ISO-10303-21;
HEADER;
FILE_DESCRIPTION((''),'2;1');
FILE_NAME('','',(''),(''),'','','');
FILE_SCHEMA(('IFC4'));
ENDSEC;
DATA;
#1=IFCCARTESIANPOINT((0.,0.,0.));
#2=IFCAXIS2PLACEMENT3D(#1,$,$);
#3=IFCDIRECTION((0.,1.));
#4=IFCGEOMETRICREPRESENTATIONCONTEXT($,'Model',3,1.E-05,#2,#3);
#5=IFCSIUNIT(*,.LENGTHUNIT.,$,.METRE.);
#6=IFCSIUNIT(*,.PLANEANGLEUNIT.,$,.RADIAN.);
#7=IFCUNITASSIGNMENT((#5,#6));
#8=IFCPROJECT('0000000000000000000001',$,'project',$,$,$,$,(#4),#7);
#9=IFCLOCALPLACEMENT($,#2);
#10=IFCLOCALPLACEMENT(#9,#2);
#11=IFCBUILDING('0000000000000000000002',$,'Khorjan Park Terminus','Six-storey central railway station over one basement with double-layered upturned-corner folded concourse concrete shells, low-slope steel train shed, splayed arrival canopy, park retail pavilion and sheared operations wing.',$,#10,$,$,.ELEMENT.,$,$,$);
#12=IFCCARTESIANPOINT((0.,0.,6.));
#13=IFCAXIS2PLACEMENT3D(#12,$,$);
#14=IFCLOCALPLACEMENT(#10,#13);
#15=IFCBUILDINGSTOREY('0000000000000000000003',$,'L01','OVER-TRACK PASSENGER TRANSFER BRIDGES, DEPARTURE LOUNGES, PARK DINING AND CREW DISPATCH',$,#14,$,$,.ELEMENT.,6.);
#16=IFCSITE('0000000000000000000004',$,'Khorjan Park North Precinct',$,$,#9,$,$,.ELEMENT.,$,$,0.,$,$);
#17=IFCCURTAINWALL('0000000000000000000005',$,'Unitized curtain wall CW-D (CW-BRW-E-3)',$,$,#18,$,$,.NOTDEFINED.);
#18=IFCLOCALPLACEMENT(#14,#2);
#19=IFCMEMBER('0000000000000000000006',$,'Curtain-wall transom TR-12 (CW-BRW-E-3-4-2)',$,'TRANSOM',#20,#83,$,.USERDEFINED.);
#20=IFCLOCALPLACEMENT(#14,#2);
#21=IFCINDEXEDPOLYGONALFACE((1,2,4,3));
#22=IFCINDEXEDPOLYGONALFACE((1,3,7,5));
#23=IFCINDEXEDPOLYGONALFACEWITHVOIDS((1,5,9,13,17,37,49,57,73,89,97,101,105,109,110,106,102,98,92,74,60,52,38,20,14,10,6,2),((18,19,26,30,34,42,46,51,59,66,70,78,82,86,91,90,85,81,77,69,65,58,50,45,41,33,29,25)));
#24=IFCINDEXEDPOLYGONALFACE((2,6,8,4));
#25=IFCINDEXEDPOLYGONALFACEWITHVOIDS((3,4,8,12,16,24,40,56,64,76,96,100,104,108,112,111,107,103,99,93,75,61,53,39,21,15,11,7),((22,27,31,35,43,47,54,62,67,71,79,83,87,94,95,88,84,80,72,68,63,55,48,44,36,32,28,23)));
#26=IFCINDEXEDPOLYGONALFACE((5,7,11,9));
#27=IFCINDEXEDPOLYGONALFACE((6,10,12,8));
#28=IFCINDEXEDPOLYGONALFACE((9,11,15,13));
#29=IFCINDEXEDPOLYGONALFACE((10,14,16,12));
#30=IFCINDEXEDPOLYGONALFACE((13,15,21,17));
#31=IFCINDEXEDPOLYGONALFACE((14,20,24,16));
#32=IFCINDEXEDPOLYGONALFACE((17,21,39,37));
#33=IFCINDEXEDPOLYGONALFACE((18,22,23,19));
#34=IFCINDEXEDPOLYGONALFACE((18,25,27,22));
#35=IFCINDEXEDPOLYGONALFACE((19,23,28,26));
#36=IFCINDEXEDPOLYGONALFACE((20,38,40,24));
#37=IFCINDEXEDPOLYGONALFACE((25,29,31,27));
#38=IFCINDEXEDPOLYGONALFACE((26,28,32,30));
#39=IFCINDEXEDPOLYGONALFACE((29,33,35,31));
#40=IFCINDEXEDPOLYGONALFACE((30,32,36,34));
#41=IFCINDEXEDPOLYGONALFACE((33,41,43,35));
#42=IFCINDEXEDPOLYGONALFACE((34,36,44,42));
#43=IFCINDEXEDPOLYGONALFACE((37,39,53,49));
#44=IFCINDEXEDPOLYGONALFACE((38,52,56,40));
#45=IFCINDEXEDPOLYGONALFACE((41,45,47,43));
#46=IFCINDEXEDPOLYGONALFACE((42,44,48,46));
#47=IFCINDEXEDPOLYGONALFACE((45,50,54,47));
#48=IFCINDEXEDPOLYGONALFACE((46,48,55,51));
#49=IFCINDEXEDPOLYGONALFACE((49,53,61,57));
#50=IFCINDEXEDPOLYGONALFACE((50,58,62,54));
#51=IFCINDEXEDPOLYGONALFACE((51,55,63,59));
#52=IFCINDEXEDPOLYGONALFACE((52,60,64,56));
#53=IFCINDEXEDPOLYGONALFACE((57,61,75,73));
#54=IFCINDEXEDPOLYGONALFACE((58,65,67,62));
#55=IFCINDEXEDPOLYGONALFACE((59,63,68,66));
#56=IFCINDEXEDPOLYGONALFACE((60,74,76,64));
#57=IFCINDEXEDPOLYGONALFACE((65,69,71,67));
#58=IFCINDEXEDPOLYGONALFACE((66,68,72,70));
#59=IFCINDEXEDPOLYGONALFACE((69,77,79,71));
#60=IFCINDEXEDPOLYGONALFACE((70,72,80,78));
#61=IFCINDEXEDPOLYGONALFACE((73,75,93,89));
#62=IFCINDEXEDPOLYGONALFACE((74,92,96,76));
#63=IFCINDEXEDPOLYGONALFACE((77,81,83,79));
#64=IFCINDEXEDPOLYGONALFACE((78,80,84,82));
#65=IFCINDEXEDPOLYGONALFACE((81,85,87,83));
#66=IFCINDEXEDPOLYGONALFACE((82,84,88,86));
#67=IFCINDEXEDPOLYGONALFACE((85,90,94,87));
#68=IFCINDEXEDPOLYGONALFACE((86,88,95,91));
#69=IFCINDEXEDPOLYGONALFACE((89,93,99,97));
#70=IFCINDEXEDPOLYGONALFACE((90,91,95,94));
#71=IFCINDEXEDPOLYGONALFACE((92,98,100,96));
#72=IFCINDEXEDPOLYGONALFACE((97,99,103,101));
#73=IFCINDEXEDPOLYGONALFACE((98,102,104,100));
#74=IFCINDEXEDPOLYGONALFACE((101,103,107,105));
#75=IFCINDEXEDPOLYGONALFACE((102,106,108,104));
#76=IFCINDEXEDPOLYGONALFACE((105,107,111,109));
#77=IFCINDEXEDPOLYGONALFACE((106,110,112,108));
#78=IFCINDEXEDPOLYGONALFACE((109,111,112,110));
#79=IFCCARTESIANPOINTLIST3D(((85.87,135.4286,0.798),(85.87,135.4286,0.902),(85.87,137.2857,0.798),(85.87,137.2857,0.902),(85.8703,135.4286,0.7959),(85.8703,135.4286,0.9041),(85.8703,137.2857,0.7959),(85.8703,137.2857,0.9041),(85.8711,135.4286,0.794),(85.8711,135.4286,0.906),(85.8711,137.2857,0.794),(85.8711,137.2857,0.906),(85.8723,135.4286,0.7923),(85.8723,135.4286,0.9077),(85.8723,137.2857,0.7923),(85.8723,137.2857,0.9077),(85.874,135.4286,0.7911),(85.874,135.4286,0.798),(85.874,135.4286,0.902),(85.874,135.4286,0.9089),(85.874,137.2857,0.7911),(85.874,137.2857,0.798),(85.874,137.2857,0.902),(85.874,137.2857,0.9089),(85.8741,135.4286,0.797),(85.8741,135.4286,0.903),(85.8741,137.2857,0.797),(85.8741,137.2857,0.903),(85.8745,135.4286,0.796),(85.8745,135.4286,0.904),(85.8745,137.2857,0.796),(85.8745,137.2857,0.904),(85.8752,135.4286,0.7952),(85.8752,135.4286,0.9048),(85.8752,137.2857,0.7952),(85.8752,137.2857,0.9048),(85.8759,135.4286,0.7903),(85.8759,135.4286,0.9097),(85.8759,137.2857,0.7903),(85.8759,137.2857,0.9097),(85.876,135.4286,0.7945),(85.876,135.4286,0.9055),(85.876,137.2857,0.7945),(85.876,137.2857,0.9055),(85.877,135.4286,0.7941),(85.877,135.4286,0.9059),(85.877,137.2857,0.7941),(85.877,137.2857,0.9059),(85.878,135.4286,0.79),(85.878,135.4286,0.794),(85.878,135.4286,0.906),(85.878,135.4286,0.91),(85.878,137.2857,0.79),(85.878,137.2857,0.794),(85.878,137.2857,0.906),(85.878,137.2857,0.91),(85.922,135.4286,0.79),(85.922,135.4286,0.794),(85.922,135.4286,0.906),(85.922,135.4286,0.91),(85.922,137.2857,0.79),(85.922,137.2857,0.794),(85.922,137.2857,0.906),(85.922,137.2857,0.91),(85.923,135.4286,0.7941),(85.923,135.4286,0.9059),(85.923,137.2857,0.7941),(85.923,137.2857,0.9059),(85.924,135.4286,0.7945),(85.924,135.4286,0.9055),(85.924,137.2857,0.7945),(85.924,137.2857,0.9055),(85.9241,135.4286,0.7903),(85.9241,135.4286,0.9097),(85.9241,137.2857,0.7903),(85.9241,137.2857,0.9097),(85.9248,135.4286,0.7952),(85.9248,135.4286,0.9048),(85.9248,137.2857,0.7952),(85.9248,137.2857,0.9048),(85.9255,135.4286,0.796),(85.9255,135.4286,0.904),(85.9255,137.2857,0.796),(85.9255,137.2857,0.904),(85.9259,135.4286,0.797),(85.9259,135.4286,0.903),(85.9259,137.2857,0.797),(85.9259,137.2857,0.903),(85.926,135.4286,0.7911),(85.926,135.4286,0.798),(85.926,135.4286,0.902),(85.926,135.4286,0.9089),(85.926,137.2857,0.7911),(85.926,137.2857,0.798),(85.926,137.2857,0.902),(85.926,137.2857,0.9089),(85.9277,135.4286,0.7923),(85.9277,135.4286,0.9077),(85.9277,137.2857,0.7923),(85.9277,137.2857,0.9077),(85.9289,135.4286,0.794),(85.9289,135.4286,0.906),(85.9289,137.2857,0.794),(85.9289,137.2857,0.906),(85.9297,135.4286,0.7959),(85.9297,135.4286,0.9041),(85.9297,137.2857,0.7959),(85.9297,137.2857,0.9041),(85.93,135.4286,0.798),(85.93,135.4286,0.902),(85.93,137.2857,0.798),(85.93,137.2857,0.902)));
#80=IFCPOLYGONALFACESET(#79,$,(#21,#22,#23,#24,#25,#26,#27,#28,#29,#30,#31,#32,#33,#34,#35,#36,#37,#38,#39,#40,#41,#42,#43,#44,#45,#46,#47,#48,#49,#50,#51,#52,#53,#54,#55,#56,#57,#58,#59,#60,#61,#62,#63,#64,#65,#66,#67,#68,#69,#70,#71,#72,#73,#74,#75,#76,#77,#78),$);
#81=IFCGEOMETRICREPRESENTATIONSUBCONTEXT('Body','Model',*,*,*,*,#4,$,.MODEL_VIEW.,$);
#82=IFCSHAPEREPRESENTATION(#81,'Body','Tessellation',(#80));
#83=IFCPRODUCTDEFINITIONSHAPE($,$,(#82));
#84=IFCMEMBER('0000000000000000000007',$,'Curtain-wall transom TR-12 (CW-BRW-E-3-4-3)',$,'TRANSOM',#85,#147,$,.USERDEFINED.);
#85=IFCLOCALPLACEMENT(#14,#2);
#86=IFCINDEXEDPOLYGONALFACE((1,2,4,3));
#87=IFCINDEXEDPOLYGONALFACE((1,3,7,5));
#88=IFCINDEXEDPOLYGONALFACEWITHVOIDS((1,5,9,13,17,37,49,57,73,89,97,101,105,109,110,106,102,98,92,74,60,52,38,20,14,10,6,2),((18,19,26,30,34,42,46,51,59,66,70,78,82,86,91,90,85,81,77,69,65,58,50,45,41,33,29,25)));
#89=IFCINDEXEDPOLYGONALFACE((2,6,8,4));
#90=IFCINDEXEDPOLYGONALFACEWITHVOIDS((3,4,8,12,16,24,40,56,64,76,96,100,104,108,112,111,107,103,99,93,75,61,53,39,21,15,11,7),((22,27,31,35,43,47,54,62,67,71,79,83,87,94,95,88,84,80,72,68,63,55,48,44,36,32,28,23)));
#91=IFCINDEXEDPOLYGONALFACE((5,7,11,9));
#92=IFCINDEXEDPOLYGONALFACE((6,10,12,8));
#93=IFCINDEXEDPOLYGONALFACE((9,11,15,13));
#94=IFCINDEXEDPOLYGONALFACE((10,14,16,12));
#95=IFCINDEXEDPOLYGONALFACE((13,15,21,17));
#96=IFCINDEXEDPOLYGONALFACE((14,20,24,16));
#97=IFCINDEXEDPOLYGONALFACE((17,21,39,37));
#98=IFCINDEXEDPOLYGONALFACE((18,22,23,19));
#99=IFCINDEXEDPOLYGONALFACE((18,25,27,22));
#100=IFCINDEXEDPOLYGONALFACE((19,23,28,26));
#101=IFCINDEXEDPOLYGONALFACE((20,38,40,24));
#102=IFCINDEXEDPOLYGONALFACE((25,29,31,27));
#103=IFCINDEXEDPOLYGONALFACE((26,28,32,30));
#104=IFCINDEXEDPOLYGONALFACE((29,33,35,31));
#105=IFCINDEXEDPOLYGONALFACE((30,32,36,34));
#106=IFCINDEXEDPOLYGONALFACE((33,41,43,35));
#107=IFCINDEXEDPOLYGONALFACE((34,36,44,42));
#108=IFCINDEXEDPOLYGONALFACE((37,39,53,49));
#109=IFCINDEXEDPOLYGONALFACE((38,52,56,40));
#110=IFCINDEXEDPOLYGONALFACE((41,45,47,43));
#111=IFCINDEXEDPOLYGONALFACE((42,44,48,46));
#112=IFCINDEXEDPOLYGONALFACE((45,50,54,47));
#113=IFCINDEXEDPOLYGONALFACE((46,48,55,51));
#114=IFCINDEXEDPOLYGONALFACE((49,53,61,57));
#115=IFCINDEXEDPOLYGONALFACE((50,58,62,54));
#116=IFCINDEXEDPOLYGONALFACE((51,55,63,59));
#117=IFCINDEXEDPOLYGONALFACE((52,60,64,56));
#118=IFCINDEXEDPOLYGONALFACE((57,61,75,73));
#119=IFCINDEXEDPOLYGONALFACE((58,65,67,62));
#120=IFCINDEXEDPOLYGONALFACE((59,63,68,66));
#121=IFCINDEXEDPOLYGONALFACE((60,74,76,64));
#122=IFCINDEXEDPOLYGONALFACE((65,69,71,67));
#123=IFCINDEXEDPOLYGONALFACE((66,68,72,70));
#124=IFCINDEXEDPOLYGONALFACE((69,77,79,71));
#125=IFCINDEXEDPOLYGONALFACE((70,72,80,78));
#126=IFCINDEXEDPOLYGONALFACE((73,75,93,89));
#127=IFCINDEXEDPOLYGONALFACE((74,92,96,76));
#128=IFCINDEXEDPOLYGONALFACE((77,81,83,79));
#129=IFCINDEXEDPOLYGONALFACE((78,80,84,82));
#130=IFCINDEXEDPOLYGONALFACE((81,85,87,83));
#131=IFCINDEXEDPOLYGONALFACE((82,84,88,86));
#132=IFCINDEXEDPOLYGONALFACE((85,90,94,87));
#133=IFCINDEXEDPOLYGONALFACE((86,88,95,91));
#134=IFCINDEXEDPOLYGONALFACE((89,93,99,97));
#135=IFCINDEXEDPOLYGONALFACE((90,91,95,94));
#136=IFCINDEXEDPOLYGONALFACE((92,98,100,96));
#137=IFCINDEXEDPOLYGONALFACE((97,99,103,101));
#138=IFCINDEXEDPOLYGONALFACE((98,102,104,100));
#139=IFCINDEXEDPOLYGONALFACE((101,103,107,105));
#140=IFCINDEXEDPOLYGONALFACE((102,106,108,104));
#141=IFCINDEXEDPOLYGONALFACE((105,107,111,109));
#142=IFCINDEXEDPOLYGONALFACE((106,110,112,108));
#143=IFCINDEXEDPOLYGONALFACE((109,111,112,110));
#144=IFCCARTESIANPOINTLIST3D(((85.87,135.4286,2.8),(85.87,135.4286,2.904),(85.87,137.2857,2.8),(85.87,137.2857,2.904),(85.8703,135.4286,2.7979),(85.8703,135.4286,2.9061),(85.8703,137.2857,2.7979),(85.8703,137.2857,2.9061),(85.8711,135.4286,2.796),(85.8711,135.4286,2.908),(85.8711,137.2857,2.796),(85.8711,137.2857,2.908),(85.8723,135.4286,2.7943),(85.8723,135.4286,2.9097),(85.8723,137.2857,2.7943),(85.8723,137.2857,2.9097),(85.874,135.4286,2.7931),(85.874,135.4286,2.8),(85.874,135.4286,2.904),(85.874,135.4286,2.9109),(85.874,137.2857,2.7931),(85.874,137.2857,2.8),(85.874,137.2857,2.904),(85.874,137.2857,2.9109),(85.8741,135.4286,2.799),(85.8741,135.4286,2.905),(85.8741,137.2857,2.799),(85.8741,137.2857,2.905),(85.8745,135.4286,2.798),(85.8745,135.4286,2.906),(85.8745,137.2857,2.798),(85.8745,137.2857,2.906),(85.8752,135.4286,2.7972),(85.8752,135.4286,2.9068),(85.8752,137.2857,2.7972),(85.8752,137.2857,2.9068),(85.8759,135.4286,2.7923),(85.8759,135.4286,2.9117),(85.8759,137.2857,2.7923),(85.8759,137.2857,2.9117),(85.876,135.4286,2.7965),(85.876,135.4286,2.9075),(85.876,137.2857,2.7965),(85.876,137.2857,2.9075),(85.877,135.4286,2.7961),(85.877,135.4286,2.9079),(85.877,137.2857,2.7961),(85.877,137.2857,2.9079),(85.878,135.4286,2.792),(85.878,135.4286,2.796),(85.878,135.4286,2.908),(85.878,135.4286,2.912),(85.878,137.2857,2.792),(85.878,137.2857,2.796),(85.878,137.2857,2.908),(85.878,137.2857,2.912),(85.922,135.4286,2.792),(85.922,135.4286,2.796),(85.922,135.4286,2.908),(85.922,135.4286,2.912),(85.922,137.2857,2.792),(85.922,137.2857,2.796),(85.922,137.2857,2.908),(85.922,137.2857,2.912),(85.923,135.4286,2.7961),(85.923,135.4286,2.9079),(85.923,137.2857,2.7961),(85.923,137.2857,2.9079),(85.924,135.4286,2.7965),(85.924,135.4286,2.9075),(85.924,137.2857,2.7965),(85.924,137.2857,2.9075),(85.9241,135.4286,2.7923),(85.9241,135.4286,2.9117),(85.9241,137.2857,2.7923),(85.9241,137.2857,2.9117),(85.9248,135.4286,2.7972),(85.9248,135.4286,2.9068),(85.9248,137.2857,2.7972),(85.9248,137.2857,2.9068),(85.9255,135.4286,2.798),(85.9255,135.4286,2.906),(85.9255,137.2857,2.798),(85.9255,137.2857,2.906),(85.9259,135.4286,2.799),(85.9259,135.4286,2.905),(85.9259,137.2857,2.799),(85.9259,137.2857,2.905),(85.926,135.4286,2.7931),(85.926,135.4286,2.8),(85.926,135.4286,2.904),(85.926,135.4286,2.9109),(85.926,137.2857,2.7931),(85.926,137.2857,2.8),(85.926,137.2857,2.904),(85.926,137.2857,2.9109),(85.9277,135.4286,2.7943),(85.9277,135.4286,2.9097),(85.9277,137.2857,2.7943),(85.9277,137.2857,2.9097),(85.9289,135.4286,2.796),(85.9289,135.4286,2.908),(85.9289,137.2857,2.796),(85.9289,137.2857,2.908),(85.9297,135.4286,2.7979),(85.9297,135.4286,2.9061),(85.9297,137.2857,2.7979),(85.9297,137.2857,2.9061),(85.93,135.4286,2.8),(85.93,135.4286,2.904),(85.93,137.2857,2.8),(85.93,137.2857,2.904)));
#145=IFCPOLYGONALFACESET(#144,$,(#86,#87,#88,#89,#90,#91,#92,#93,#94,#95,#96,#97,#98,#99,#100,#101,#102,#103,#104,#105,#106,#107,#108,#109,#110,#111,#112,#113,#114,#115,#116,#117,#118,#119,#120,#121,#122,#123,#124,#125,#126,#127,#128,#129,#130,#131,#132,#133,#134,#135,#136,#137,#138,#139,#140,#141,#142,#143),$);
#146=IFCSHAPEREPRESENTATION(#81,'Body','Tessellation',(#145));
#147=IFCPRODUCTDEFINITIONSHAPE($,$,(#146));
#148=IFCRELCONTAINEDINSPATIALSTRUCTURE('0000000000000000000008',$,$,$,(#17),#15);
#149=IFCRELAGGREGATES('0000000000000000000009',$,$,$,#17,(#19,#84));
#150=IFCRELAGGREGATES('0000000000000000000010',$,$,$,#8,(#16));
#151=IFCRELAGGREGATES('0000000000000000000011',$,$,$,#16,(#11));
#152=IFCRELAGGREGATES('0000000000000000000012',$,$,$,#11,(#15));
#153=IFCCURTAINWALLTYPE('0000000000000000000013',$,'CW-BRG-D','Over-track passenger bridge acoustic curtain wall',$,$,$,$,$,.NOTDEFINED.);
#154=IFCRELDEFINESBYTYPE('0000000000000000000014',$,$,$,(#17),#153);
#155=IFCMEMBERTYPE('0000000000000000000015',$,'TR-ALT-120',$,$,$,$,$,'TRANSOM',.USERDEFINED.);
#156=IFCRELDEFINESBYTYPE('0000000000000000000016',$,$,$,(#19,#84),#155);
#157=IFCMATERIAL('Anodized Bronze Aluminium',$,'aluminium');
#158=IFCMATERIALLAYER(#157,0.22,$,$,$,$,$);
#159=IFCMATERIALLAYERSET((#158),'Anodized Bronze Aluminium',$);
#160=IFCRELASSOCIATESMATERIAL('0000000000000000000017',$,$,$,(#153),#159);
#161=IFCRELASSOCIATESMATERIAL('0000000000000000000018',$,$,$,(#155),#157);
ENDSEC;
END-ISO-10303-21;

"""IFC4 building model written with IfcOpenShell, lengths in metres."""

from ifc_helpers import new_model, si_unit, direction, frame, origin, origin_2d, place, context, subcontext, project, spatial, hollow_rectangle, extrude, material, layer, layer_set, material_profile, profile_set, type_object, element, aggregate, save


model = new_model("IFC4")

# Units and contexts
model_context = context("Model", 3, precision=1e-05, world=origin(), true_north=direction((0.0, 1.0)))
body_context = subcontext(model_context, "Body", "Model", "MODEL_VIEW")
ifc_project = project(units=[si_unit("LENGTHUNIT", "METRE"), si_unit("PLANEANGLEUNIT", "RADIAN")], contexts=[model_context])

# Site, building, storey
site_placement = place(None, origin())
site = spatial("IfcSite", under=ifc_project, at=site_placement, Name="Khorjan Park North Precinct", CompositionType="ELEMENT", RefElevation=0.0)
building_placement = place(site_placement, origin())
building = spatial("IfcBuilding", under=site, at=building_placement, Name="Khorjan Park Terminus", Description="Six-storey central railway station over one basement with double-layered upturned-corner folded concourse concrete shells, low-slope steel train shed, splayed arrival canopy, park retail pavilion and sheared operations wing.", CompositionType="ELEMENT")
storey_placement = place(building_placement, frame((0.0, 0.0, 6.0)))
storey = spatial("IfcBuildingStorey", under=building, at=storey_placement, Name="L01", Description="OVER-TRACK PASSENGER TRANSFER BRIDGES, DEPARTURE LOUNGES, PARK DINING AND CREW DISPATCH", CompositionType="ELEMENT", Elevation=6.0)

# Curtain wall, members
ifc_material_1 = material(Name="Anodized Bronze Aluminium", Category="aluminium")
ifc_layer_1 = layer(ifc_material_1, 0.22)
ifc_layer_set_1 = layer_set([ifc_layer_1], Name="Anodized Bronze Aluminium")
curtain_wall_type = type_object("IfcCurtainWallType", Name="CW-BRG-D", Description="Over-track passenger bridge acoustic curtain wall", PredefinedType="NOTDEFINED", material=ifc_layer_set_1)
curtain_wall_1_placement = place(storey_placement, origin())
curtain_wall_1 = element("IfcCurtainWall", 1, at=curtain_wall_1_placement, inside=storey, type_object=curtain_wall_type, Name="Unitized curtain wall CW-D (CW-BRW-E-3)", PredefinedType="NOTDEFINED")
ifc_material_profile_1 = material_profile(ifc_material_1, hollow_rectangle(XDim=0.06, YDim=0.12, WallThickness=0.004, InnerFilletRadius=0.004, OuterFilletRadius=0.008, at=origin_2d()), Name="ALT 60x120x4")
ifc_profile_set_1 = profile_set([ifc_material_profile_1], Name="Anodized Bronze Aluminium")
member_type_1 = type_object("IfcMemberType", Name="TR-ALT-120", ElementType="TRANSOM", PredefinedType="USERDEFINED", material=ifc_profile_set_1)
member_1_placement = place(storey_placement, frame((85.9, 135.4286, 0.85), z_axis=(0.0, 1.0, 0.0), x_axis=(-1.0, 0.0, 0.0)))
member_1 = element("IfcMember", 2, at=member_1_placement, type_object=member_type_1, Name="Curtain-wall transom TR-12 (CW-BRW-E-3-4-2)", ObjectType="TRANSOM", PredefinedType="USERDEFINED", context=body_context, shape_type="SweptSolid", body=[
    extrude(hollow_rectangle(XDim=0.06, YDim=0.12, WallThickness=0.004, InnerFilletRadius=0.004, OuterFilletRadius=0.008, at=origin_2d()), origin(), (0.0, 0.0, 1.0), 1.8571),
])
member_2_placement = place(storey_placement, frame((85.9, 135.4286, 2.852), z_axis=(0.0, 1.0, 0.0), x_axis=(-1.0, 0.0, 0.0)))
member_2 = element("IfcMember", 3, at=member_2_placement, type_object=member_type_1, Name="Curtain-wall transom TR-12 (CW-BRW-E-3-4-3)", ObjectType="TRANSOM", PredefinedType="USERDEFINED", context=body_context, shape_type="SweptSolid", body=[
    extrude(hollow_rectangle(XDim=0.06, YDim=0.12, WallThickness=0.004, InnerFilletRadius=0.004, OuterFilletRadius=0.008, at=origin_2d()), origin(), (0.0, 0.0, 1.0), 1.8571),
])

aggregate(curtain_wall_1, [member_1, member_2])

save(model, "model.ifc")
